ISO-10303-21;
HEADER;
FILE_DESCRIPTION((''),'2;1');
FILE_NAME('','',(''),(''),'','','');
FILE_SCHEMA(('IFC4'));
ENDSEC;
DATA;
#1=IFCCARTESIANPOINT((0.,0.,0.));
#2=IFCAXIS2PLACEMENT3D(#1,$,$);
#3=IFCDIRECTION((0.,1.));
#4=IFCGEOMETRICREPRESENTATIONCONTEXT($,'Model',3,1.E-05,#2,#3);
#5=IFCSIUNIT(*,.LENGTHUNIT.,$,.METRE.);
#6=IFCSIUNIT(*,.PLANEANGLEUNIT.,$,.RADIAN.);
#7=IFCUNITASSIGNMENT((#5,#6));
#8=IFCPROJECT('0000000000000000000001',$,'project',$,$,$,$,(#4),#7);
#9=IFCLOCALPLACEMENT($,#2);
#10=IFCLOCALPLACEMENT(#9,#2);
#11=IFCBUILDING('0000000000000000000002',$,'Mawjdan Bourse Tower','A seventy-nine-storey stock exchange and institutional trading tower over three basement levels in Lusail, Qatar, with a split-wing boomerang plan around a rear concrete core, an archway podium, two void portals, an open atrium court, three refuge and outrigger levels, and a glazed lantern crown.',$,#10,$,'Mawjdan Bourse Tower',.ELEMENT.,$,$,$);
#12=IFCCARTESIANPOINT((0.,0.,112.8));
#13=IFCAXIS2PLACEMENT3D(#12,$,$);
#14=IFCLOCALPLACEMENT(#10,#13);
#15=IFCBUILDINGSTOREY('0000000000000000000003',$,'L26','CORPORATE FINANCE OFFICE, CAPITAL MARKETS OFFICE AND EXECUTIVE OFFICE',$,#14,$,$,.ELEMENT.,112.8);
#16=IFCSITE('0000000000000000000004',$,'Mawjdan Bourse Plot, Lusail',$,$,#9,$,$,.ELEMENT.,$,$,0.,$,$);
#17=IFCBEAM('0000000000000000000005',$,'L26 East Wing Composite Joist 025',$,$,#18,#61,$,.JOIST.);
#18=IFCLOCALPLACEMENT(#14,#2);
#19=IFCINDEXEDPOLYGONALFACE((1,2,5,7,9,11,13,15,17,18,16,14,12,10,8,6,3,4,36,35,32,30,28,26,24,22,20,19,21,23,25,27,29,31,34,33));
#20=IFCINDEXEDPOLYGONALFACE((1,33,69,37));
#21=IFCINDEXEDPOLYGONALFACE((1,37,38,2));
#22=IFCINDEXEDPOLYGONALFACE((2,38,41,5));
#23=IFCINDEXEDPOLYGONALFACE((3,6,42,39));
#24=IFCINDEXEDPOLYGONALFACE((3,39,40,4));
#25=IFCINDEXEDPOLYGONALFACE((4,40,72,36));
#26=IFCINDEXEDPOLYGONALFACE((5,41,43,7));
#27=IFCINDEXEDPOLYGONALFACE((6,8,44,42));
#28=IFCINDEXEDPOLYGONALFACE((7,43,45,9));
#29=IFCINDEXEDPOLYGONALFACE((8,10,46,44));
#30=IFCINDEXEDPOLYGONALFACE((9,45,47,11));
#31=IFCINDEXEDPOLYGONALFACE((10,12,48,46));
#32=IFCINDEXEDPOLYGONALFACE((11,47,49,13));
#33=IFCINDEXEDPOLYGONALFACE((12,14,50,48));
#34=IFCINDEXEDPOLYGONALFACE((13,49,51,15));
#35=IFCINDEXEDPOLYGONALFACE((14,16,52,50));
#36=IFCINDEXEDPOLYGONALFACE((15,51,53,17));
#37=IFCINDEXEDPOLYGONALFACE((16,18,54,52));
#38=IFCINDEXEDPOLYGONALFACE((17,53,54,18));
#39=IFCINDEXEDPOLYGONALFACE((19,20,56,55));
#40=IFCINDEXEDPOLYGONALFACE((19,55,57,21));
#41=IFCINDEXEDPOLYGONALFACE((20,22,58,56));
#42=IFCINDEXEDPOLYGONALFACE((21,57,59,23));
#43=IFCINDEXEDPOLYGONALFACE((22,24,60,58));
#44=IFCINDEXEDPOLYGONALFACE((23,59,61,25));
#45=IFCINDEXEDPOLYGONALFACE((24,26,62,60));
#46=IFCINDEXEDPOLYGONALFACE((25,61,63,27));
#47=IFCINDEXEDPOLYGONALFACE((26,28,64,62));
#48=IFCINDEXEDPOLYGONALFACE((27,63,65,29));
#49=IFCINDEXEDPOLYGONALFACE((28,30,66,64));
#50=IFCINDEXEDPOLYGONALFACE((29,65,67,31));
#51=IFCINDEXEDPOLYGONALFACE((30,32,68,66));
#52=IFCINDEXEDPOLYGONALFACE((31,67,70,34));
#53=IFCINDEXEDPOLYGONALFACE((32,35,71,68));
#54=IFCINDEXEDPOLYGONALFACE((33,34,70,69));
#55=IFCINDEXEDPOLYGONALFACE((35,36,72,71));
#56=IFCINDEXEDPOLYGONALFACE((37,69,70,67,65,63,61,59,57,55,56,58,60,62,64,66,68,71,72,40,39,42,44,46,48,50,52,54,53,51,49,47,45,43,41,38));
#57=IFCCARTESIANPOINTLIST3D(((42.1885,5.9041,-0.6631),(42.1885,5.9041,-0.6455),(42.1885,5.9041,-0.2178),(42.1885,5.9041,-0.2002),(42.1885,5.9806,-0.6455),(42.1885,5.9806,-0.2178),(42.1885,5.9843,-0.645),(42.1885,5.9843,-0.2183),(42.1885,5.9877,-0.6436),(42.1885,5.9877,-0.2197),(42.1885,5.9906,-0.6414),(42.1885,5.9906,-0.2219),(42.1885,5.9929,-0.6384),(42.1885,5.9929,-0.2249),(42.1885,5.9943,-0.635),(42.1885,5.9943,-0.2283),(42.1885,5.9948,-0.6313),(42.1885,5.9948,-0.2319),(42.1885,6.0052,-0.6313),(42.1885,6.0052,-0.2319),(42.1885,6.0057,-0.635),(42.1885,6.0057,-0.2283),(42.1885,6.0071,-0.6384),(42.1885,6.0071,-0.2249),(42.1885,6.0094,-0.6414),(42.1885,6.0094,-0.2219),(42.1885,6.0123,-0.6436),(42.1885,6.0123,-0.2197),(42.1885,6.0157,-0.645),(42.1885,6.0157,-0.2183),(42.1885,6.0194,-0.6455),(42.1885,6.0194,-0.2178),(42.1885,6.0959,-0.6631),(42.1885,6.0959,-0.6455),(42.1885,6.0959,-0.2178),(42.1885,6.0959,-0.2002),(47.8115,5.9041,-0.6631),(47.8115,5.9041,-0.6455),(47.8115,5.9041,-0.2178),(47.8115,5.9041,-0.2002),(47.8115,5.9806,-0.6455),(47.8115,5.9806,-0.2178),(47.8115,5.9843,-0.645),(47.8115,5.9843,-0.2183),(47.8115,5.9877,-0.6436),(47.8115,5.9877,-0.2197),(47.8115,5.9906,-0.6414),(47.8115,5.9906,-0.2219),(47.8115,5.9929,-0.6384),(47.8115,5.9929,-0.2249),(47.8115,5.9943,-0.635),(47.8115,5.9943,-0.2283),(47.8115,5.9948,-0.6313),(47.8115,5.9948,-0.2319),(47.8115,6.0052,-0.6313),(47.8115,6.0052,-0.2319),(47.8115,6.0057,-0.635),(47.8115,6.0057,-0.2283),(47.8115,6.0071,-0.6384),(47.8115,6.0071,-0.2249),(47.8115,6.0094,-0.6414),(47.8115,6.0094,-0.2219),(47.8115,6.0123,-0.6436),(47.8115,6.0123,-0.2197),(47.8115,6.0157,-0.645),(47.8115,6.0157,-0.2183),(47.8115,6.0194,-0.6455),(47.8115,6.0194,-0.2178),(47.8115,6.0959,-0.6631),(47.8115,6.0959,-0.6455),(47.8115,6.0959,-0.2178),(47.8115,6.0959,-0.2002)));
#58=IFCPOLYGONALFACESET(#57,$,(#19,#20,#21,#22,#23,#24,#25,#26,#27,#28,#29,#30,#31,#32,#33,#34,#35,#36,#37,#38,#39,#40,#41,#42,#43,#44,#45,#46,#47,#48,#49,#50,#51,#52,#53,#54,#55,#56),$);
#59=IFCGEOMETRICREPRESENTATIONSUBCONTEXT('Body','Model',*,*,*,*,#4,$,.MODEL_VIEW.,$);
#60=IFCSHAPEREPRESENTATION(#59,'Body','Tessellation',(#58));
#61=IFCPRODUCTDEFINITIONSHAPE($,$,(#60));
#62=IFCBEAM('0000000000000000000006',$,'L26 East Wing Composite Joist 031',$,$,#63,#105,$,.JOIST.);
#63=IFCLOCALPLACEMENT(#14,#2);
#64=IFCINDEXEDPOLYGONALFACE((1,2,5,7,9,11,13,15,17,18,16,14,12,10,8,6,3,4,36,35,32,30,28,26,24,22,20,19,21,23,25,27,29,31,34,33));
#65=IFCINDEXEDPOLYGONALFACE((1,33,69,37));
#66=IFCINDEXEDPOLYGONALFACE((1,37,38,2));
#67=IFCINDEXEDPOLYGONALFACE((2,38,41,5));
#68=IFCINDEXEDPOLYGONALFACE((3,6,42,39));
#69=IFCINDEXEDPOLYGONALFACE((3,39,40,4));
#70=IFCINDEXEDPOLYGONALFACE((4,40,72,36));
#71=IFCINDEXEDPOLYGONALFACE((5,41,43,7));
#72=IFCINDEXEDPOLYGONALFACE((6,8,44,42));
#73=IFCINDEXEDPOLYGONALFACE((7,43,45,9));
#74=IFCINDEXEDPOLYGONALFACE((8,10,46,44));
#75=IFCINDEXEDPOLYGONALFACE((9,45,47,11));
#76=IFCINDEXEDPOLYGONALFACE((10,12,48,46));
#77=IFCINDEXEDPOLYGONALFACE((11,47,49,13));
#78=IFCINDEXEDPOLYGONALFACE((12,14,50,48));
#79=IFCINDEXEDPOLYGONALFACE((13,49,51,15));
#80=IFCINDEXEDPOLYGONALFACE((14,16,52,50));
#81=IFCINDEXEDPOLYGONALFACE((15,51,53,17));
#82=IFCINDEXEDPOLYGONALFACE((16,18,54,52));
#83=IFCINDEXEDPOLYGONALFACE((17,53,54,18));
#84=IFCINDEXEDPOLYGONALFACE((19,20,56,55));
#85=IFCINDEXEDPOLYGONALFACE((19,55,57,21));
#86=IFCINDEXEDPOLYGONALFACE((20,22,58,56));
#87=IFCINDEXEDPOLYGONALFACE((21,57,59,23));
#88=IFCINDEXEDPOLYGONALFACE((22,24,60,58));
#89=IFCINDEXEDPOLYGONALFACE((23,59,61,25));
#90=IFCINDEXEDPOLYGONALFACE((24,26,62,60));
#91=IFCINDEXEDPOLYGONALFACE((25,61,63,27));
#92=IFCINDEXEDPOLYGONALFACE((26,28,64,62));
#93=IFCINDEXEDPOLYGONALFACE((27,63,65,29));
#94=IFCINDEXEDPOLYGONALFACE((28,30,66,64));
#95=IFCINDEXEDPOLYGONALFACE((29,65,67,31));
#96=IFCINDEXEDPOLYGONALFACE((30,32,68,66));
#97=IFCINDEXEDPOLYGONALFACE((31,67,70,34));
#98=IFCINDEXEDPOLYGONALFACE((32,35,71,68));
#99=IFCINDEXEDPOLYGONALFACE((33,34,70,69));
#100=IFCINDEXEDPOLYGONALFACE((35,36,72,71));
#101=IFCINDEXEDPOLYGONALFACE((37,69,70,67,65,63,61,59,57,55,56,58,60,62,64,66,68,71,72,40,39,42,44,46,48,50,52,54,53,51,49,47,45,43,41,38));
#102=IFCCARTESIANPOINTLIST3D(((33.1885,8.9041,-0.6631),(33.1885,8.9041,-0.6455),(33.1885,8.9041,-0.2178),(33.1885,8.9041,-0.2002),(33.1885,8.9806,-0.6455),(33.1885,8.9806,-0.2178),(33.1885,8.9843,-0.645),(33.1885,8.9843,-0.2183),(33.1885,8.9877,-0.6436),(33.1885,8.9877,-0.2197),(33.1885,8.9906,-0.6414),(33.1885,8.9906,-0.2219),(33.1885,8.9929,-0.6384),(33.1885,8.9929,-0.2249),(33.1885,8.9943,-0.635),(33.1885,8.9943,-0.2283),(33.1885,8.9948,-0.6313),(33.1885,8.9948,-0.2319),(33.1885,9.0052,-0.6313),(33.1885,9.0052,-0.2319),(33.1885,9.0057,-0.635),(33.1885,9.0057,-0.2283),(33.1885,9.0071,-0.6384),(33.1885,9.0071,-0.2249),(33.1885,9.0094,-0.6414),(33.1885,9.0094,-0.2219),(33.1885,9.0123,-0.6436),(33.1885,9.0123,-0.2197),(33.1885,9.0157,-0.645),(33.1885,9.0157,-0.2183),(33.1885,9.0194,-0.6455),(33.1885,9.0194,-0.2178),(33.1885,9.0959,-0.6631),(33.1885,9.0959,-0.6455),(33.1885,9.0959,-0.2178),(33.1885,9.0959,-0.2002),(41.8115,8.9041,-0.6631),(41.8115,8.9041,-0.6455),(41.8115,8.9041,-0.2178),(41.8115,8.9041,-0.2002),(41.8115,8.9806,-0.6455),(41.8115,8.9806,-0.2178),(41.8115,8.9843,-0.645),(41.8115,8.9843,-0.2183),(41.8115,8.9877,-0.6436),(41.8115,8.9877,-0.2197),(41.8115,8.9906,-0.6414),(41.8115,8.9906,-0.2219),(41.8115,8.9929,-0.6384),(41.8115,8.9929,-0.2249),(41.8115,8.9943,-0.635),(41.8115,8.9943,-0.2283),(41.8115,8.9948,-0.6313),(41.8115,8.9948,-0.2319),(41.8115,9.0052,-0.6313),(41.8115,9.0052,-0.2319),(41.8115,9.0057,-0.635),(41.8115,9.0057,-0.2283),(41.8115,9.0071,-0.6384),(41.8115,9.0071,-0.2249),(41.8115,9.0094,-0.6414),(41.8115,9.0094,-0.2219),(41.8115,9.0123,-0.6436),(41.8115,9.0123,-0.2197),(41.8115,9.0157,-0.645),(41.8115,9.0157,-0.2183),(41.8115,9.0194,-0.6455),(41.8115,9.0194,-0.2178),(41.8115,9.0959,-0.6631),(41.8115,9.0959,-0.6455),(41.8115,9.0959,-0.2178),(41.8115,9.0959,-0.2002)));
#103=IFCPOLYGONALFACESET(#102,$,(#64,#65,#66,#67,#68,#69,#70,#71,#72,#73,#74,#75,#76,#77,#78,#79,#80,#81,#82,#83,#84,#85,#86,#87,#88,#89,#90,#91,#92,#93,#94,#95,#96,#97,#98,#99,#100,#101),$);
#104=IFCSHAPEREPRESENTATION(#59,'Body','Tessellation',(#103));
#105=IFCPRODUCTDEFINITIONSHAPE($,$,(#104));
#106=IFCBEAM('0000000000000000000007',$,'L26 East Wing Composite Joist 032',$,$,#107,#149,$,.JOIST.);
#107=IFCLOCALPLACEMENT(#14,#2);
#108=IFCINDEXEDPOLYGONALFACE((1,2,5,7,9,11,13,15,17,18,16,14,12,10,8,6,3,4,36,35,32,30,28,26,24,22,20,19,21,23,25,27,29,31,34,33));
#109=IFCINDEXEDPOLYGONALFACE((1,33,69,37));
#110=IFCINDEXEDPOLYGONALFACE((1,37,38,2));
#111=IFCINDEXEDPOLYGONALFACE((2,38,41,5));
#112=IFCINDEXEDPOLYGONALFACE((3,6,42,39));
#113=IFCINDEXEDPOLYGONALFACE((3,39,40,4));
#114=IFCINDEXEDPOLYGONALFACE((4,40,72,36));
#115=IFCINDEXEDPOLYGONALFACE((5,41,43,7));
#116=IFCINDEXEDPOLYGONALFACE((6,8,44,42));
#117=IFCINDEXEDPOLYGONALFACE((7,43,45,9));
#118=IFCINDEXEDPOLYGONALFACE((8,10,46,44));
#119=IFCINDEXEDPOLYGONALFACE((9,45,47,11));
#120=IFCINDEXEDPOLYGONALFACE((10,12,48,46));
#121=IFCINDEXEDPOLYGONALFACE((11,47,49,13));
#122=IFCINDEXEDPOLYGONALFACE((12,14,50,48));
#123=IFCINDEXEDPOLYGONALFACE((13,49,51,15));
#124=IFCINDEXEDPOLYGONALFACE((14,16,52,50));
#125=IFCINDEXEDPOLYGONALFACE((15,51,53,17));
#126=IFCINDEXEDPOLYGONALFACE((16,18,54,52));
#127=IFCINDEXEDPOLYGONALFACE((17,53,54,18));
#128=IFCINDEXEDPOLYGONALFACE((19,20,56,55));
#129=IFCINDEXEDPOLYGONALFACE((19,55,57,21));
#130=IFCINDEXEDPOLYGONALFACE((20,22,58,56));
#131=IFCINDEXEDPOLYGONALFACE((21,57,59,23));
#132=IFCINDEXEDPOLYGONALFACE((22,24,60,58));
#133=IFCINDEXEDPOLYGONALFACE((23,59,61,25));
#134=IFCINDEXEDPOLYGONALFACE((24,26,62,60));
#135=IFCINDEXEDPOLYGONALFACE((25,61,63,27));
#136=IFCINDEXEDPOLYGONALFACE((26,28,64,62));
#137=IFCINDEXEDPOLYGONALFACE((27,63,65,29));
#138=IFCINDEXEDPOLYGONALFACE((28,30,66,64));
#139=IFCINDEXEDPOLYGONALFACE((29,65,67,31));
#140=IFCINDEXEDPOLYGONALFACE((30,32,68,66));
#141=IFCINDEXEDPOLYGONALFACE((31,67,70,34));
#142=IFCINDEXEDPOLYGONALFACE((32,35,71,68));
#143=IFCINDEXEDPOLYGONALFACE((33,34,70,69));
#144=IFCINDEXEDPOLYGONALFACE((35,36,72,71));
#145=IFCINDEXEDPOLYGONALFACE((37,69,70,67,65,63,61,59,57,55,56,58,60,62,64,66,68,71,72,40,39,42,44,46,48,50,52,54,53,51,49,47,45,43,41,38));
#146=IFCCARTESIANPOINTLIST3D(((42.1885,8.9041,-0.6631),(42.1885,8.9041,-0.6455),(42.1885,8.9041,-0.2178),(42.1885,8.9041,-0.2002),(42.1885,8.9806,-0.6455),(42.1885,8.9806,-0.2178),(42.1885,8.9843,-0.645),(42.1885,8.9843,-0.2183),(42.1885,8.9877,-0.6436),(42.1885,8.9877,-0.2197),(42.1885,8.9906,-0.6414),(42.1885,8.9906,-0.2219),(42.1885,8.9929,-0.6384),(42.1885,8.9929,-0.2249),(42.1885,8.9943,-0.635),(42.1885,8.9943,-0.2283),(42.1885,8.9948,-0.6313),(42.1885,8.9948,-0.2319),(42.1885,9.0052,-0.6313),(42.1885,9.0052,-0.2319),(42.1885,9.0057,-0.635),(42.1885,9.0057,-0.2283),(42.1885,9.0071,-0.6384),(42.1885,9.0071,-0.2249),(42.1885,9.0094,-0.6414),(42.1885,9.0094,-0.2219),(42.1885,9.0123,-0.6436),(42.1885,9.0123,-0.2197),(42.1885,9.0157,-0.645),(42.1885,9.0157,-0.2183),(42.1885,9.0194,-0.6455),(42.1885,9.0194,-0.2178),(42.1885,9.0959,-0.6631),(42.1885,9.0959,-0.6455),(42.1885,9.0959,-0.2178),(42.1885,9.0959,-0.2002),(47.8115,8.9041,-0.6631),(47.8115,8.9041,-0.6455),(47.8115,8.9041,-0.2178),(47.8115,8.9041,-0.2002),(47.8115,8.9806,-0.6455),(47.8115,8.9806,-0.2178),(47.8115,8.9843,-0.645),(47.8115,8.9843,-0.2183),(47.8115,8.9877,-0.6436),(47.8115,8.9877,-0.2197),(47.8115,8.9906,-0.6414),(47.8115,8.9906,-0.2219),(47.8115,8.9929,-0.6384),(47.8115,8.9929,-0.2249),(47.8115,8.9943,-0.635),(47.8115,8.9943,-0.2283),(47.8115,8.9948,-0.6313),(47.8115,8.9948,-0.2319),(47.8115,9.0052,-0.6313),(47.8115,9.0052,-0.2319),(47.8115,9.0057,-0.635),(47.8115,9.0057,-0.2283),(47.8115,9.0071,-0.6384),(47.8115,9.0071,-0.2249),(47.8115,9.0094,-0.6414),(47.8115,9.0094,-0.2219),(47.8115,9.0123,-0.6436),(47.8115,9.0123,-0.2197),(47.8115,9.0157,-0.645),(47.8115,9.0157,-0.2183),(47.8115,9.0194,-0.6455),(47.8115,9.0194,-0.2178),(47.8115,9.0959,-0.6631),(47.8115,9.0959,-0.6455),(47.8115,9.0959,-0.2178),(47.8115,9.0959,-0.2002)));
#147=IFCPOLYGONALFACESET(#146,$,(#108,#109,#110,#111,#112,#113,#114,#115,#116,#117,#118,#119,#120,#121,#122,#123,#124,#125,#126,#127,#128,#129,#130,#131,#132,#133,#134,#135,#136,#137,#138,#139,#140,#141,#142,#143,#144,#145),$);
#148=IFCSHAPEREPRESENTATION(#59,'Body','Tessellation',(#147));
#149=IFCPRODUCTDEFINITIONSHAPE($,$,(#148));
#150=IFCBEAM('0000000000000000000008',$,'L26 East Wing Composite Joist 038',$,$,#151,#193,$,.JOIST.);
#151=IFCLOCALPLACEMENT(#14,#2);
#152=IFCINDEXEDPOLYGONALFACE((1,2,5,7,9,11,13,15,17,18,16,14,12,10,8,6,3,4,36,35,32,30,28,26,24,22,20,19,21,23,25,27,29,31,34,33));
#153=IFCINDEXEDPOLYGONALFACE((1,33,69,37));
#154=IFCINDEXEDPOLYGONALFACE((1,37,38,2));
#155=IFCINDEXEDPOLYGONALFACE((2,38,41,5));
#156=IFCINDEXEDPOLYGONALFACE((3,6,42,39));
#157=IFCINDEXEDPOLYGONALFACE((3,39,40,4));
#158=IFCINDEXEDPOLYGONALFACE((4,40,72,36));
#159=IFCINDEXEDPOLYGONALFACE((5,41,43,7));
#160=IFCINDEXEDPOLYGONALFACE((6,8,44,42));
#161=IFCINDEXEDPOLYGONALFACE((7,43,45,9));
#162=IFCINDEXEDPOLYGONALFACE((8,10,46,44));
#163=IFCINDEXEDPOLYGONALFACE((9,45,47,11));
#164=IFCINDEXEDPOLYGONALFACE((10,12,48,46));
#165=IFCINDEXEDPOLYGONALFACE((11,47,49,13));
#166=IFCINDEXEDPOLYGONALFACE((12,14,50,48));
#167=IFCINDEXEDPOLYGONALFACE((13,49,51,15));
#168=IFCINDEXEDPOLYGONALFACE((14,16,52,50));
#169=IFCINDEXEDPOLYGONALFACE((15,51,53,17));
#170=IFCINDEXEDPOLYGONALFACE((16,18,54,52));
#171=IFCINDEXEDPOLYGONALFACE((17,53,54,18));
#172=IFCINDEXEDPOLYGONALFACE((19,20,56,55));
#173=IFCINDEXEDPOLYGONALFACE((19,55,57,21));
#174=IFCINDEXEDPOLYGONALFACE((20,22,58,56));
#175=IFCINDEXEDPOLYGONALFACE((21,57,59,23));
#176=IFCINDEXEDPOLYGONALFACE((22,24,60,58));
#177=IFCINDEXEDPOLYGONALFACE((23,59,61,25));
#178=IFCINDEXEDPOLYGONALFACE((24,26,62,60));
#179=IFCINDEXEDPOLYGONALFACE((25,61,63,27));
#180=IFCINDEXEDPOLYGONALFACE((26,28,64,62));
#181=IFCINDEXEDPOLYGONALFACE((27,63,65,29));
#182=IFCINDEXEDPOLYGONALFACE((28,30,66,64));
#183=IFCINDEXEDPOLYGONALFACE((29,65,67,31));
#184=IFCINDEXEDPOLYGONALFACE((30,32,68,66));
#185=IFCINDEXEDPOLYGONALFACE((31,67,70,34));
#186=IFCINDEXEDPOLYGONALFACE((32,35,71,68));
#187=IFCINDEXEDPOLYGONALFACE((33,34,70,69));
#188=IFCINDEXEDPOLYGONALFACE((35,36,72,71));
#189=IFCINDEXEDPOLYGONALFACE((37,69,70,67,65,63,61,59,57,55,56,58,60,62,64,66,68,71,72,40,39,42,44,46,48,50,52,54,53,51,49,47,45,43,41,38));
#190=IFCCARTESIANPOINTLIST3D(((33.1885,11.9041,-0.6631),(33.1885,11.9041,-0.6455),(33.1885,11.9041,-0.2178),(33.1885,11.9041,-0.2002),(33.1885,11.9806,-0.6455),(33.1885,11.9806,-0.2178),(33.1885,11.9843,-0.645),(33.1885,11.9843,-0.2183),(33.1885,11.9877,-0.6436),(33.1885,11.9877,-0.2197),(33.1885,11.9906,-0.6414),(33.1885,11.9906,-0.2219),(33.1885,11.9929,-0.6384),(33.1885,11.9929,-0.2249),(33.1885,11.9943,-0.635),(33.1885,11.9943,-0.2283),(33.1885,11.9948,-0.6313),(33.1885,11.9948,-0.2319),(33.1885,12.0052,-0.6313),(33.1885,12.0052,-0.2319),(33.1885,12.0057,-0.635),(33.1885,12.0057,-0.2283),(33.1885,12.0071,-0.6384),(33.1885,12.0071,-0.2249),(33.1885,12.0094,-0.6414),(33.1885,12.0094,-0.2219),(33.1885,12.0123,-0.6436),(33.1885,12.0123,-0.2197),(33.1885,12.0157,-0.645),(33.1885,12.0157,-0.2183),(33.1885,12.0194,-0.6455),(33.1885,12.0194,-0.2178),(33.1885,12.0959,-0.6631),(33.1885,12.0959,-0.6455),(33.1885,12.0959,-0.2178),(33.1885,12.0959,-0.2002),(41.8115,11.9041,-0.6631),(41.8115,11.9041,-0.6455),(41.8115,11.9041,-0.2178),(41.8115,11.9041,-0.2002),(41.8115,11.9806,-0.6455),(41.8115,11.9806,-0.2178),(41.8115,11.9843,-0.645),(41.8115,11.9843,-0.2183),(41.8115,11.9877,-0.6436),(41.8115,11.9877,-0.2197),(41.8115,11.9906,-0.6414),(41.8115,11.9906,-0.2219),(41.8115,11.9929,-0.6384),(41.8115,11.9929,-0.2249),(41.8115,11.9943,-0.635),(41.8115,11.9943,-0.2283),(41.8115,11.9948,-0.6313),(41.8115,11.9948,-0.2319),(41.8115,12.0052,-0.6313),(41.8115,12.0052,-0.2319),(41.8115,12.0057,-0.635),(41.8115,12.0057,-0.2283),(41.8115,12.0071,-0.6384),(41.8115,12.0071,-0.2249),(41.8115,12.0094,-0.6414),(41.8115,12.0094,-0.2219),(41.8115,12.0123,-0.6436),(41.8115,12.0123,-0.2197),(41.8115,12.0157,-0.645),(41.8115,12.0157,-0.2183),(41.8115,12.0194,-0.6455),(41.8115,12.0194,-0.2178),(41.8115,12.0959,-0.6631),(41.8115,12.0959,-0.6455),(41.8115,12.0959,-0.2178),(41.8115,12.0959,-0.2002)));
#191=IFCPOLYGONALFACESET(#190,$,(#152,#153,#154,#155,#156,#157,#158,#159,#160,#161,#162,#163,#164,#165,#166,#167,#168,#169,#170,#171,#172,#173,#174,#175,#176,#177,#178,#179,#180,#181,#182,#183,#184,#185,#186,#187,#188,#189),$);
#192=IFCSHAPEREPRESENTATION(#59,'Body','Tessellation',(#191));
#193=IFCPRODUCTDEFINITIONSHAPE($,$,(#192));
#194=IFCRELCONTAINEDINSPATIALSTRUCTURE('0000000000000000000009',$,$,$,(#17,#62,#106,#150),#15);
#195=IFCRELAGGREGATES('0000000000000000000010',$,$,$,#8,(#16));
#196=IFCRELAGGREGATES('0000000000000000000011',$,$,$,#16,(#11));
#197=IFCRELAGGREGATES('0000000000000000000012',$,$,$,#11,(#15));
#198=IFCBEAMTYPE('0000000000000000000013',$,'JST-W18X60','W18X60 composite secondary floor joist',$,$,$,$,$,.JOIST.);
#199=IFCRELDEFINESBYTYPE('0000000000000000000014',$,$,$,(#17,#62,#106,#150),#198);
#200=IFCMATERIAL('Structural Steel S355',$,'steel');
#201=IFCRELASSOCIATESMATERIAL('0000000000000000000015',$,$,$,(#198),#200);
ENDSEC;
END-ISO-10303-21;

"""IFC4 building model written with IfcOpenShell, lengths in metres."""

from ifc_helpers import new_model, si_unit, direction, frame, origin, origin_2d, place, context, subcontext, project, spatial, i_section, extrude, material, material_profile, profile_set, type_object, element, save


model = new_model("IFC4")

# Units and contexts
model_context = context("Model", 3, precision=1e-05, world=origin(), true_north=direction((0.0, 1.0)))
body_context = subcontext(model_context, "Body", "Model", "MODEL_VIEW")
ifc_project = project(units=[si_unit("LENGTHUNIT", "METRE"), si_unit("PLANEANGLEUNIT", "RADIAN")], contexts=[model_context])

# Site, building, storey
site_placement = place(None, origin())
site = spatial("IfcSite", under=ifc_project, at=site_placement, Name="Mawjdan Bourse Plot, Lusail", CompositionType="ELEMENT", RefElevation=0.0)
building_placement = place(site_placement, origin())
building = spatial("IfcBuilding", under=site, at=building_placement, Name="Mawjdan Bourse Tower", Description="A seventy-nine-storey stock exchange and institutional trading tower over three basement levels in Lusail, Qatar, with a split-wing boomerang plan around a rear concrete core, an archway podium, two void portals, an open atrium court, three refuge and outrigger levels, and a glazed lantern crown.", LongName="Mawjdan Bourse Tower", CompositionType="ELEMENT")
storey_placement = place(building_placement, frame((0.0, 0.0, 112.8)))
storey = spatial("IfcBuildingStorey", under=building, at=storey_placement, Name="L26", Description="CORPORATE FINANCE OFFICE, CAPITAL MARKETS OFFICE AND EXECUTIVE OFFICE", CompositionType="ELEMENT", Elevation=112.8)

# Beams
ifc_material_1 = material(Name="Structural Steel S355", Category="steel")
ifc_material_profile_1 = material_profile(ifc_material_1, i_section(OverallWidth=0.1919, OverallDepth=0.4629, WebThickness=0.0105, FlangeThickness=0.0176, FilletRadius=0.0142, at=origin_2d()), Name="W18X60")
ifc_profile_set_1 = profile_set([ifc_material_profile_1], Name="Structural Steel S355")
beam_type_1 = type_object("IfcBeamType", Name="JST-W18X60", Description="W18X60 composite secondary floor joist", PredefinedType="JOIST", material=ifc_profile_set_1)
beam_1_placement = place(storey_placement, frame((42.1885, 6.0, -0.4316), z_axis=(1.0, 0.0, 0.0), x_axis=(0.0, 1.0, 0.0)))
element("IfcBeam", 1, at=beam_1_placement, inside=storey, type_object=beam_type_1, Name="L26 East Wing Composite Joist 025", PredefinedType="JOIST", context=body_context, shape_type="SweptSolid", body=[
    extrude(i_section(OverallWidth=0.1919, OverallDepth=0.4629, WebThickness=0.0105, FlangeThickness=0.0176, FilletRadius=0.0142, at=origin_2d()), origin(), (0.0, 0.0, 1.0), 5.623),
])
beam_2_placement = place(storey_placement, frame((33.1885, 9.0, -0.4316), z_axis=(1.0, 0.0, 0.0), x_axis=(0.0, 1.0, 0.0)))
element("IfcBeam", 2, at=beam_2_placement, inside=storey, type_object=beam_type_1, Name="L26 East Wing Composite Joist 031", PredefinedType="JOIST", context=body_context, shape_type="SweptSolid", body=[
    extrude(i_section(OverallWidth=0.1919, OverallDepth=0.4629, WebThickness=0.0105, FlangeThickness=0.0176, FilletRadius=0.0142, at=origin_2d()), origin(), (0.0, 0.0, 1.0), 8.623),
])
beam_3_placement = place(storey_placement, frame((42.1885, 9.0, -0.4316), z_axis=(1.0, 0.0, 0.0), x_axis=(0.0, 1.0, 0.0)))
element("IfcBeam", 3, at=beam_3_placement, inside=storey, type_object=beam_type_1, Name="L26 East Wing Composite Joist 032", PredefinedType="JOIST", context=body_context, shape_type="SweptSolid", body=[
    extrude(i_section(OverallWidth=0.1919, OverallDepth=0.4629, WebThickness=0.0105, FlangeThickness=0.0176, FilletRadius=0.0142, at=origin_2d()), origin(), (0.0, 0.0, 1.0), 5.623),
])
beam_4_placement = place(storey_placement, frame((33.1885, 12.0, -0.4316), z_axis=(1.0, 0.0, 0.0), x_axis=(0.0, 1.0, 0.0)))
element("IfcBeam", 4, at=beam_4_placement, inside=storey, type_object=beam_type_1, Name="L26 East Wing Composite Joist 038", PredefinedType="JOIST", context=body_context, shape_type="SweptSolid", body=[
    extrude(i_section(OverallWidth=0.1919, OverallDepth=0.4629, WebThickness=0.0105, FlangeThickness=0.0176, FilletRadius=0.0142, at=origin_2d()), origin(), (0.0, 0.0, 1.0), 8.623),
])

save(model, "model.ifc")
